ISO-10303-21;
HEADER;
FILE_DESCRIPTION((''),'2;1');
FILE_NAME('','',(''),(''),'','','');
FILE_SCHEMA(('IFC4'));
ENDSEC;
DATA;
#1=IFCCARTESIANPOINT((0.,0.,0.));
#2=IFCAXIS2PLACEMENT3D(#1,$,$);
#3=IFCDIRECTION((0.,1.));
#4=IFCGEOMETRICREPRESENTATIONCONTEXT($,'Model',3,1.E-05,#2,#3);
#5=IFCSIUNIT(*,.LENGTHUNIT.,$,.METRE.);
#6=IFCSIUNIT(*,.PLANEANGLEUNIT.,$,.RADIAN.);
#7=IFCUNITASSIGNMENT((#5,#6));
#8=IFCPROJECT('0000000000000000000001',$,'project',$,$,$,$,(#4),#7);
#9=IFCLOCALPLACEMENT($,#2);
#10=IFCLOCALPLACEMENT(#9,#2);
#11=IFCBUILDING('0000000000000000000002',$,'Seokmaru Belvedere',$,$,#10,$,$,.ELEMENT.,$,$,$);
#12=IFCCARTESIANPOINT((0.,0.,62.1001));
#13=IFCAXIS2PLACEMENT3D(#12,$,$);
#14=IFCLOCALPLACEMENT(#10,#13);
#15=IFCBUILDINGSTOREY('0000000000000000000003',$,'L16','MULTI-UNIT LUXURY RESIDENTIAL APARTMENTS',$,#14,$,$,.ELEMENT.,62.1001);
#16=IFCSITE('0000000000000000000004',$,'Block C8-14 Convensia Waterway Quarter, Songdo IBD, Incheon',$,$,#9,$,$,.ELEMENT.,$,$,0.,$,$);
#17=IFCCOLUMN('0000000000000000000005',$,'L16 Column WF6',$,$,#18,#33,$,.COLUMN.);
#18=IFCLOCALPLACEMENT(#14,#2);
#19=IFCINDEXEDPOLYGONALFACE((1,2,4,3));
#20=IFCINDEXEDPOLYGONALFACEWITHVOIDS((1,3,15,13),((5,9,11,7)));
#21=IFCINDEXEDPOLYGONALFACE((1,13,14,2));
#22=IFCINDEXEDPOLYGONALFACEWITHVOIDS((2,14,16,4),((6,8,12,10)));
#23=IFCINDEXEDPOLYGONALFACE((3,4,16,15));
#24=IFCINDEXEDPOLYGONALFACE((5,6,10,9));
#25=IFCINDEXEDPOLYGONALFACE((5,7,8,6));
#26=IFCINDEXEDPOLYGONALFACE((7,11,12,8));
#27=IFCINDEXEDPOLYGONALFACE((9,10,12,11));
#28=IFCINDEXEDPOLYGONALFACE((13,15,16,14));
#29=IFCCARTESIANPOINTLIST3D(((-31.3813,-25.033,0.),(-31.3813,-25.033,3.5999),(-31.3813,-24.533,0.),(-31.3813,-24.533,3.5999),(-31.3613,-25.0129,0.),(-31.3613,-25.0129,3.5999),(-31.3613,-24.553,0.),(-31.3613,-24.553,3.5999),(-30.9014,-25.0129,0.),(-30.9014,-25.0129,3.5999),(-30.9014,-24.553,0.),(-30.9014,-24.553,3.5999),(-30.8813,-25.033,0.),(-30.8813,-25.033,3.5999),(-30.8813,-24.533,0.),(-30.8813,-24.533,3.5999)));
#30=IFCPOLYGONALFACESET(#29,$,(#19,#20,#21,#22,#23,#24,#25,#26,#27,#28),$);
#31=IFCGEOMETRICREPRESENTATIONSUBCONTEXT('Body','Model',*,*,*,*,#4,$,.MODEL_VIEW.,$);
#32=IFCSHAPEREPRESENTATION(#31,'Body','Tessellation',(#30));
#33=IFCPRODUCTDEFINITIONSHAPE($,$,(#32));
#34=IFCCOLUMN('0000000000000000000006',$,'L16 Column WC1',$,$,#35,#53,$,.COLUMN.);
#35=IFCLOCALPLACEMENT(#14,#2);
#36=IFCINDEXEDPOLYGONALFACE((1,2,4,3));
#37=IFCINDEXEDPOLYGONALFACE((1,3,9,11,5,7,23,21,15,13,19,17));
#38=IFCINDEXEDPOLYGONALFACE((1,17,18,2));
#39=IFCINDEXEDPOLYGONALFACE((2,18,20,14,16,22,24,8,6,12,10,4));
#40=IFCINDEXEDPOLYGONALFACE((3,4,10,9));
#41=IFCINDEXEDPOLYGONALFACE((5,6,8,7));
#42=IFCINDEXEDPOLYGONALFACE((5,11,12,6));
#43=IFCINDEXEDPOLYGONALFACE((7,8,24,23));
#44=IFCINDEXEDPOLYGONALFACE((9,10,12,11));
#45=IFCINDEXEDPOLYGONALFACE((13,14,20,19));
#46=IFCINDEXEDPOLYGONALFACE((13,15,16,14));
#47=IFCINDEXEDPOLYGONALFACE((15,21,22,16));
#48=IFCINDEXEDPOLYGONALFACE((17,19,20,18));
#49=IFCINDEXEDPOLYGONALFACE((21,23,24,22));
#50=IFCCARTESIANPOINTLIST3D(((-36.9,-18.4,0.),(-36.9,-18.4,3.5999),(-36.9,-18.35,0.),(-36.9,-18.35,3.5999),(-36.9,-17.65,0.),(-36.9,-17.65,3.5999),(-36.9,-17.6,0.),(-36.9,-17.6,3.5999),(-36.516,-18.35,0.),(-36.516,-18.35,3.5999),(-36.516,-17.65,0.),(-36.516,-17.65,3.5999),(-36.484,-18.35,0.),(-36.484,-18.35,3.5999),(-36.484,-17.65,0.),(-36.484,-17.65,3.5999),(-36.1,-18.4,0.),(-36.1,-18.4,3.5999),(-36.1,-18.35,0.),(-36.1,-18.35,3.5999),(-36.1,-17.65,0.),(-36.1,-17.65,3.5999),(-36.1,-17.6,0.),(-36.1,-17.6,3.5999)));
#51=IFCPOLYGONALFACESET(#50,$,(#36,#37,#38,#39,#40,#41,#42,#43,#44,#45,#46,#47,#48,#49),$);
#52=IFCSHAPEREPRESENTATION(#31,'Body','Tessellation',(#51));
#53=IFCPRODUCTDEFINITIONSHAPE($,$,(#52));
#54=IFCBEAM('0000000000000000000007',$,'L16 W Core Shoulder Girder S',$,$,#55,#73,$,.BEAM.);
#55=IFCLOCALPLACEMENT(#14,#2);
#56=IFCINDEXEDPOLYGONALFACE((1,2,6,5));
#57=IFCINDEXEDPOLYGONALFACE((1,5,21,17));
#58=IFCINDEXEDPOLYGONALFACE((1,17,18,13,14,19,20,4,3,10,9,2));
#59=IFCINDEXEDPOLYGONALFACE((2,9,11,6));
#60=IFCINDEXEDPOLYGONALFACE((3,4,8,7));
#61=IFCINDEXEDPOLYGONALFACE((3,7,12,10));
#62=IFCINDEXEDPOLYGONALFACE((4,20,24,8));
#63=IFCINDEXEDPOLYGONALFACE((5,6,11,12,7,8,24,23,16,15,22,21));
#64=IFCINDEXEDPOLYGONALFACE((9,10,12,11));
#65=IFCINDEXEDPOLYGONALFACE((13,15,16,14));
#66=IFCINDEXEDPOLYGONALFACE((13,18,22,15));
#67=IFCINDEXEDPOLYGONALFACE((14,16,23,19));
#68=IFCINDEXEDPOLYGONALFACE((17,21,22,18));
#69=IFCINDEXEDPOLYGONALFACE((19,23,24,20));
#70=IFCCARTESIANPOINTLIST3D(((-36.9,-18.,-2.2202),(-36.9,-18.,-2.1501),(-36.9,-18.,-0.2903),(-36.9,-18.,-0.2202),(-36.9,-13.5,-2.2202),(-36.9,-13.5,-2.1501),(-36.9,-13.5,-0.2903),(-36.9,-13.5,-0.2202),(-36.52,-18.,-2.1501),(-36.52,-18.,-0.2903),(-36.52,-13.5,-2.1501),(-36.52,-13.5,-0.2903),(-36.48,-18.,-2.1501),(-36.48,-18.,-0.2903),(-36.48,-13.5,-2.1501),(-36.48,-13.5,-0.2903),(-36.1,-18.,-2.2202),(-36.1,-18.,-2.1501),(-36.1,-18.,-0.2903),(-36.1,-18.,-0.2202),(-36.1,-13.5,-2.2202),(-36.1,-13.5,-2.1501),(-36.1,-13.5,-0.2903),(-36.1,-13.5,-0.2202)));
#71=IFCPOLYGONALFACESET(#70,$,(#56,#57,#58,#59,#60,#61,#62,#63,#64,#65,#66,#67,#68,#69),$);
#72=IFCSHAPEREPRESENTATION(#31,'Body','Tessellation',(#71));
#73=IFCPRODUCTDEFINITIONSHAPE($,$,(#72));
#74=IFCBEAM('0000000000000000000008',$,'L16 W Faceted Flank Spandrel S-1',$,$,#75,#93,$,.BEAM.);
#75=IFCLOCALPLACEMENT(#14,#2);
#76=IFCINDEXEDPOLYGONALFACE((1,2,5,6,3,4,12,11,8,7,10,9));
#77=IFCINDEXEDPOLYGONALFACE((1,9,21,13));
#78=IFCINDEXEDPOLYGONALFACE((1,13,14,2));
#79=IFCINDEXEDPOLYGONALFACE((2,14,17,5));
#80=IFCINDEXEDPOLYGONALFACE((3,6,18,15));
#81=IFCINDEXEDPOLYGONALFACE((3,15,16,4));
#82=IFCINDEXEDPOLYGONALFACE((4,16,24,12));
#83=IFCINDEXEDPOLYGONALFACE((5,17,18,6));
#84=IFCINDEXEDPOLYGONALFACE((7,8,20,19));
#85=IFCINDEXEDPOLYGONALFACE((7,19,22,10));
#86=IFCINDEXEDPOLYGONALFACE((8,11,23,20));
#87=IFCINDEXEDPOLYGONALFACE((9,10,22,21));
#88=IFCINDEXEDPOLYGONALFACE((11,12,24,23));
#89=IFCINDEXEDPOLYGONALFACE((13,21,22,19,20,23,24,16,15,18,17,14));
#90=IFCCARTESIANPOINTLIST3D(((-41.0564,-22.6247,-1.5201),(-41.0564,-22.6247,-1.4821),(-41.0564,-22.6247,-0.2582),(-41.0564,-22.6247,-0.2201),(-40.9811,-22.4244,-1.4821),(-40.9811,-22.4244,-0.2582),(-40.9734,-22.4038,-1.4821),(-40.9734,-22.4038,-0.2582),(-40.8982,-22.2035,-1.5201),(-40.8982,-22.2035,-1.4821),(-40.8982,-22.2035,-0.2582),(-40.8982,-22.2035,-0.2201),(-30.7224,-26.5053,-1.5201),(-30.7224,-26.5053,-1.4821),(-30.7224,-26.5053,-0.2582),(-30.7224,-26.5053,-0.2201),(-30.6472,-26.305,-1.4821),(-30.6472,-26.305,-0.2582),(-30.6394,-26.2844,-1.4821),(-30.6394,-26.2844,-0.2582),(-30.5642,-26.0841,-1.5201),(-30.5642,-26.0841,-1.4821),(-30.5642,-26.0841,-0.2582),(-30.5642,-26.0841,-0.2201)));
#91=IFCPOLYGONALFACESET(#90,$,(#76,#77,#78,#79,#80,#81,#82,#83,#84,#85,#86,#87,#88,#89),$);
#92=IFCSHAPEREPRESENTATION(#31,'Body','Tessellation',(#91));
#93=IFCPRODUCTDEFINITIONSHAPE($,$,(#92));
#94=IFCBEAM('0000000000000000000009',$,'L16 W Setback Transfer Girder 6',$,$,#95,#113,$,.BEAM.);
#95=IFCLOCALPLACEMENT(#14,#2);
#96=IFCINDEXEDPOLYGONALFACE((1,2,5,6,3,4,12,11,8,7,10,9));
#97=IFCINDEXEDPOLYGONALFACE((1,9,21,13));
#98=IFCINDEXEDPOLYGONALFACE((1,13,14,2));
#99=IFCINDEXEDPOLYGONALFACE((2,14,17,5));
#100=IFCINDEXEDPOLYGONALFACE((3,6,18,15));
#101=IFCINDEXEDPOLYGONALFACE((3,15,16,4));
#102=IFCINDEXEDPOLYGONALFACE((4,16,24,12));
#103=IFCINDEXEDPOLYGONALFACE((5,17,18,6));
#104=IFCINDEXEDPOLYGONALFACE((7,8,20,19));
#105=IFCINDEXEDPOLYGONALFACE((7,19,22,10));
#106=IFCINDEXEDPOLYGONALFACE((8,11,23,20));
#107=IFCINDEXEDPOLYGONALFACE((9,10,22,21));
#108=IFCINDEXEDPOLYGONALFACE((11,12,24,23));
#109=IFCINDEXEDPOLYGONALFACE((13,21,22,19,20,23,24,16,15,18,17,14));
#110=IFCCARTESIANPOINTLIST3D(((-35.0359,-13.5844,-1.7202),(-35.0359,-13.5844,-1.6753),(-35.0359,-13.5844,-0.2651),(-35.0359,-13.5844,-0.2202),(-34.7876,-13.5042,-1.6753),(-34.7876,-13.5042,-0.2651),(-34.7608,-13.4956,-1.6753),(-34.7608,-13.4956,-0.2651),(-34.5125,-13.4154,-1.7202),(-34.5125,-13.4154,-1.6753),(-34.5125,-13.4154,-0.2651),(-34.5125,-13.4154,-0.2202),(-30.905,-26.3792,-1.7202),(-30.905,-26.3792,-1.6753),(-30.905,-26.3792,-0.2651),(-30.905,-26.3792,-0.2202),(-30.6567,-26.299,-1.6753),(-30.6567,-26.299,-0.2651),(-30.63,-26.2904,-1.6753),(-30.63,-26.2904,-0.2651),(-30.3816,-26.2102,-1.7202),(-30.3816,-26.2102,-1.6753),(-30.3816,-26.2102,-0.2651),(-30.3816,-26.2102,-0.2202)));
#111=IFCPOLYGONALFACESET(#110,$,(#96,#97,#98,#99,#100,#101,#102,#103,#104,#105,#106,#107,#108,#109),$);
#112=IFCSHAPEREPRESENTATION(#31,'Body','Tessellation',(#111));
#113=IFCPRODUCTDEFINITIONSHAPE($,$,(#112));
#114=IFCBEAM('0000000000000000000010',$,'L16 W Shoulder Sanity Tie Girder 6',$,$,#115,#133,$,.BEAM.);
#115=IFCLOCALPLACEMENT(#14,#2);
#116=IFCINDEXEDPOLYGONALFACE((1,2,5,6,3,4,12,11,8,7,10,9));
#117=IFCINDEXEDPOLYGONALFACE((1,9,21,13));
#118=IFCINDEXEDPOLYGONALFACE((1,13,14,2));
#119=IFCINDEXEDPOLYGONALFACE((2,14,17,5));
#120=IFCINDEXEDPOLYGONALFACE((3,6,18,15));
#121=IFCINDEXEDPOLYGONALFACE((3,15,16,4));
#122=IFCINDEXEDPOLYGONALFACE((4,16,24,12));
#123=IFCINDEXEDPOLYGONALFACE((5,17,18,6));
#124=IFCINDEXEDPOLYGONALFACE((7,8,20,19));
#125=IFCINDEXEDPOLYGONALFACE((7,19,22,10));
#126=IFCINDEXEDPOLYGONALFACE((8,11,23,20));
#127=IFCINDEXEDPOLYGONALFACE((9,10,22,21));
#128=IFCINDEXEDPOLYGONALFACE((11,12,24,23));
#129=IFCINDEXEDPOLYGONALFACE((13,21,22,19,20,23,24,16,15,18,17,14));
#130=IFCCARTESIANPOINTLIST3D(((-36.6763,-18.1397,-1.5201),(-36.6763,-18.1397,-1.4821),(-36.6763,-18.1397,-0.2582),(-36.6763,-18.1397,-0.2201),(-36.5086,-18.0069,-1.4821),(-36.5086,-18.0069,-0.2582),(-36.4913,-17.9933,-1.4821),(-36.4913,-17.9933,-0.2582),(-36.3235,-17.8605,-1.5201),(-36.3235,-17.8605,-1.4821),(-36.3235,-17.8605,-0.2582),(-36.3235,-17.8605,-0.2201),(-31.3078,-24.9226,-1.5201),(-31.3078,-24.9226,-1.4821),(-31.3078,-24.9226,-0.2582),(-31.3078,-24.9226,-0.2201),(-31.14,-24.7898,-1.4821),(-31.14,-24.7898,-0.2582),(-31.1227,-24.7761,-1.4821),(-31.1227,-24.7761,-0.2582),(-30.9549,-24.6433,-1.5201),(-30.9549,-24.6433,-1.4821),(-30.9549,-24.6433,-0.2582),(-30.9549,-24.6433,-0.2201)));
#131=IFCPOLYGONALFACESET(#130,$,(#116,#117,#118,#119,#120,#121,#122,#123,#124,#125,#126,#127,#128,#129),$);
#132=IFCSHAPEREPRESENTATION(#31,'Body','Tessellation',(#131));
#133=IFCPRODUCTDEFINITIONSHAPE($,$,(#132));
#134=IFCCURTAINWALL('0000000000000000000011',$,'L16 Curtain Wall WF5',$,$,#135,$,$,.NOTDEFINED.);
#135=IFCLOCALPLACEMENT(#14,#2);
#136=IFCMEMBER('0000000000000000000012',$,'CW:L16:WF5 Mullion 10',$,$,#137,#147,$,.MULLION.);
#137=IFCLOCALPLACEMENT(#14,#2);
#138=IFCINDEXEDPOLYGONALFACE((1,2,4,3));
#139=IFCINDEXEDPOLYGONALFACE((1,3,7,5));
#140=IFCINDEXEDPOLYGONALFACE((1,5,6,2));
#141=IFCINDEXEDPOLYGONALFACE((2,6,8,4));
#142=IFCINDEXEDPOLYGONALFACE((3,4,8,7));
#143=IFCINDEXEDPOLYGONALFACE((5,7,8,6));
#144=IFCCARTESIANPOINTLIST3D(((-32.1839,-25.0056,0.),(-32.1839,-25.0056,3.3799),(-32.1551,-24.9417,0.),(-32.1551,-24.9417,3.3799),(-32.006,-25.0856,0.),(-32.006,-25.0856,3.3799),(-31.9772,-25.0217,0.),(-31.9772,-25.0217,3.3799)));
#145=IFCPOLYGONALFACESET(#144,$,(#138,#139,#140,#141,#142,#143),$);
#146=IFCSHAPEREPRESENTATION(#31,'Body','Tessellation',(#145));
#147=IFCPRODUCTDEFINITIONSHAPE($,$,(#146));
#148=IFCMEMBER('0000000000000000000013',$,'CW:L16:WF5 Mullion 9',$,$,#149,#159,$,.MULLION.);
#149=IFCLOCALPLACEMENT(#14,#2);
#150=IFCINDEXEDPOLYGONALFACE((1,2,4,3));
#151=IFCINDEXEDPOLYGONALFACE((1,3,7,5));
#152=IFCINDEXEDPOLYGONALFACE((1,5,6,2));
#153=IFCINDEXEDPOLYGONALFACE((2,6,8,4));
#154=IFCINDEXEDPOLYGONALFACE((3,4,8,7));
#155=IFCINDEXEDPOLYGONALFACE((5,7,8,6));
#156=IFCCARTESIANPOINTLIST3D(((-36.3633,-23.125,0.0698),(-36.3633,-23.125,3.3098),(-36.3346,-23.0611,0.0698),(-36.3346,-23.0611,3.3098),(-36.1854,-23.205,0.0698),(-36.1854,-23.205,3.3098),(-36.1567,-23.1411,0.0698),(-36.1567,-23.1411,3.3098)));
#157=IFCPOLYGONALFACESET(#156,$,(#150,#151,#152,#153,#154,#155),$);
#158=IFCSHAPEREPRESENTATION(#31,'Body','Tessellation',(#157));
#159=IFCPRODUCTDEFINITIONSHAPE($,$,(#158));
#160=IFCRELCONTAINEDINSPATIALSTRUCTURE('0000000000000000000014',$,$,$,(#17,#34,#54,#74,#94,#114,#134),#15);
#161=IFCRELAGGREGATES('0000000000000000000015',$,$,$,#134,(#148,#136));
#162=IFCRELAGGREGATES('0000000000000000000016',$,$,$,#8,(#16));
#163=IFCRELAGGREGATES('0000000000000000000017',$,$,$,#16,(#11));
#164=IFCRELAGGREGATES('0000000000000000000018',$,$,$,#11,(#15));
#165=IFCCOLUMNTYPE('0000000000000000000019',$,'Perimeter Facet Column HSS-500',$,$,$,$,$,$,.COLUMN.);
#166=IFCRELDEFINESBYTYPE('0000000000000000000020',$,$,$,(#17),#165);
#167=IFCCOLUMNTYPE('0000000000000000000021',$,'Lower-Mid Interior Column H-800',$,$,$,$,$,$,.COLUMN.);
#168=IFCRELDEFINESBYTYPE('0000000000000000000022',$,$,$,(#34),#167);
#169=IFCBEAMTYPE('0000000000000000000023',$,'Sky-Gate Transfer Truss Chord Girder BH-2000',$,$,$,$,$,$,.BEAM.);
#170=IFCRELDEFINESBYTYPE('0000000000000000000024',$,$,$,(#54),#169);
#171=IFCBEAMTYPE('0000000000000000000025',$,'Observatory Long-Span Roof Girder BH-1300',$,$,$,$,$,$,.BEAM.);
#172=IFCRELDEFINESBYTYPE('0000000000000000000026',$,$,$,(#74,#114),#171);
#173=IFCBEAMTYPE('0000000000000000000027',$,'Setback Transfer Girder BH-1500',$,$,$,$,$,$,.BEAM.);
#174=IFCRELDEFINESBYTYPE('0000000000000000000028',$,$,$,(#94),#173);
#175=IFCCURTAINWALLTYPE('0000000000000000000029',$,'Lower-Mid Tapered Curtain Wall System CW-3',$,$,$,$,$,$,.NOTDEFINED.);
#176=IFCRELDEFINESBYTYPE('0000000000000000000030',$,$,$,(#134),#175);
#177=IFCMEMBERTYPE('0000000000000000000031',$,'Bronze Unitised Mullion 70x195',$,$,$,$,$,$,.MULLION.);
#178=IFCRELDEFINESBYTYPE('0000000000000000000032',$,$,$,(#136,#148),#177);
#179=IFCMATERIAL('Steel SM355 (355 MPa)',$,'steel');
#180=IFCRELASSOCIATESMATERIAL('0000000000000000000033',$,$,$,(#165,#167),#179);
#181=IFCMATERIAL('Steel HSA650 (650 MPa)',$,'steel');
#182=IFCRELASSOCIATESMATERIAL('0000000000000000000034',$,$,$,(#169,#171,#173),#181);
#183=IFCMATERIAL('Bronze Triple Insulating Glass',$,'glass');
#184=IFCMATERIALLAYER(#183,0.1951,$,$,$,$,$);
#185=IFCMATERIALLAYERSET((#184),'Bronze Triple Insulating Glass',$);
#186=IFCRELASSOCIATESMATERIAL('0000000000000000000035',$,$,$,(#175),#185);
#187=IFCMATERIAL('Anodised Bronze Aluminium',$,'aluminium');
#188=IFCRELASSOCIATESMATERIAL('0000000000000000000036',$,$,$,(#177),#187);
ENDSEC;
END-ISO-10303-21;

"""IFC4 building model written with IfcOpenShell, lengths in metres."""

from ifc_helpers import new_model, si_unit, direction, frame, origin, origin_2d, place, context, subcontext, project, spatial, rectangle, hollow_rectangle, i_section, extrude, source, transform, mapped, material, layer, layer_set, material_profile, profile_set, type_object, type_shapes, element, aggregate, save


model = new_model("IFC4")

# Units and contexts
model_context = context("Model", 3, precision=1e-05, world=origin(), true_north=direction((0.0, 1.0)))
body_context = subcontext(model_context, "Body", "Model", "MODEL_VIEW")
ifc_project = project(units=[si_unit("LENGTHUNIT", "METRE"), si_unit("PLANEANGLEUNIT", "RADIAN")], contexts=[model_context])

# Site, building, storey
site_placement = place(None, origin())
site = spatial("IfcSite", under=ifc_project, at=site_placement, Name="Block C8-14 Convensia Waterway Quarter, Songdo IBD, Incheon", CompositionType="ELEMENT", RefElevation=0.0)
building_placement = place(site_placement, origin())
building = spatial("IfcBuilding", under=site, at=building_placement, Name="Seokmaru Belvedere", CompositionType="ELEMENT")
storey_placement = place(building_placement, frame((0.0, 0.0, 62.1001)))
storey = spatial("IfcBuildingStorey", under=building, at=storey_placement, Name="L16", Description="MULTI-UNIT LUXURY RESIDENTIAL APARTMENTS", CompositionType="ELEMENT", Elevation=62.1001)

# Columns
ifc_material_1 = material(Name="Steel SM355 (355 MPa)", Category="steel")
ifc_material_profile_1 = material_profile(ifc_material_1, hollow_rectangle(XDim=0.5, YDim=0.5, WallThickness=0.02, at=origin_2d()), Name="HSS-500x500x20")
ifc_profile_set_1 = profile_set([ifc_material_profile_1], Name="Steel SM355 (355 MPa)")
column_type_1 = type_object("IfcColumnType", Name="Perimeter Facet Column HSS-500", PredefinedType="COLUMN", material=ifc_profile_set_1)
shared_shape_1 = source(origin(), body_context, "Body", "SweptSolid", [
    extrude(hollow_rectangle(XDim=0.5, YDim=0.5, WallThickness=0.02, at=origin_2d()), origin(), (0.0, 0.0, 1.0), 3.5999),
])
type_shapes(column_type_1, [shared_shape_1])
column_1_placement = place(storey_placement, frame((-31.1313, -24.783, 0.0), z_axis=(0.0, 0.0, 1.0), x_axis=(1.0, 0.0, 0.0)))
element("IfcColumn", 1, at=column_1_placement, inside=storey, type_object=column_type_1, Name="L16 Column WF6", PredefinedType="COLUMN", context=body_context, shape_type="MappedRepresentation", body=[
    mapped(shared_shape_1, transform((0.0, 0.0, 0.0), scale=1.0)),
])
ifc_material_profile_2 = material_profile(ifc_material_1, i_section(OverallWidth=0.8, OverallDepth=0.8, WebThickness=0.032, FlangeThickness=0.05, at=origin_2d()), Name="H-800x800x32x50")
ifc_profile_set_2 = profile_set([ifc_material_profile_2], Name="Steel SM355 (355 MPa)")
column_type_2 = type_object("IfcColumnType", Name="Lower-Mid Interior Column H-800", PredefinedType="COLUMN", material=ifc_profile_set_2)
shared_shape_2 = source(origin(), body_context, "Body", "SweptSolid", [
    extrude(i_section(OverallWidth=0.8, OverallDepth=0.8, WebThickness=0.032, FlangeThickness=0.05, at=origin_2d()), origin(), (0.0, 0.0, 1.0), 3.5999),
])
type_shapes(column_type_2, [shared_shape_2])
column_2_placement = place(storey_placement, frame((-36.5, -18.0, 0.0), z_axis=(0.0, 0.0, 1.0), x_axis=(1.0, 0.0, 0.0)))
element("IfcColumn", 2, at=column_2_placement, inside=storey, type_object=column_type_2, Name="L16 Column WC1", PredefinedType="COLUMN", context=body_context, shape_type="MappedRepresentation", body=[
    mapped(shared_shape_2, transform((0.0, 0.0, 0.0), scale=1.0)),
])

# Beams
ifc_material_2 = material(Name="Steel HSA650 (650 MPa)", Category="steel")
ifc_material_profile_3 = material_profile(ifc_material_2, i_section(OverallWidth=0.8, OverallDepth=2.0, WebThickness=0.04, FlangeThickness=0.0701, at=origin_2d()), Name="BH-2000x800x40x70")
ifc_profile_set_3 = profile_set([ifc_material_profile_3], Name="Steel HSA650 (650 MPa)")
beam_type_1 = type_object("IfcBeamType", Name="Sky-Gate Transfer Truss Chord Girder BH-2000", PredefinedType="BEAM", material=ifc_profile_set_3)
shared_shape_3 = source(origin(), body_context, "Body", "SweptSolid", [
    extrude(i_section(OverallWidth=0.8, OverallDepth=2.0, WebThickness=0.04, FlangeThickness=0.0701, at=origin_2d()), origin(), (0.0, 0.0, 1.0), 4.5),
])
type_shapes(beam_type_1, [shared_shape_3])
beam_1_placement = place(storey_placement, frame((-36.5, -18.0, -1.2202), z_axis=(0.0, 1.0, 0.0), x_axis=(-1.0, 0.0, 0.0)))
element("IfcBeam", 3, at=beam_1_placement, inside=storey, type_object=beam_type_1, Name="L16 W Core Shoulder Girder S", PredefinedType="BEAM", context=body_context, shape_type="MappedRepresentation", body=[
    mapped(shared_shape_3, transform((0.0, 0.0, 0.0), scale=1.0)),
])
ifc_material_profile_4 = material_profile(ifc_material_2, i_section(OverallWidth=0.45, OverallDepth=1.3, WebThickness=0.022, FlangeThickness=0.0381, at=origin_2d()), Name="BH-1300x450x22x38")
ifc_profile_set_4 = profile_set([ifc_material_profile_4], Name="Steel HSA650 (650 MPa)")
beam_type_2 = type_object("IfcBeamType", Name="Observatory Long-Span Roof Girder BH-1300", PredefinedType="BEAM", material=ifc_profile_set_4)
shared_shape_4 = source(origin(), body_context, "Body", "SweptSolid", [
    extrude(i_section(OverallWidth=0.45, OverallDepth=1.3, WebThickness=0.022, FlangeThickness=0.0381, at=origin_2d()), origin(), (0.0, 0.0, 1.0), 11.0386),
])
beam_2_placement = place(storey_placement, frame((-30.6433, -26.2947, -0.8701), z_axis=(-0.936169, 0.35155, 0.0), x_axis=(-0.35155, -0.936169, 0.0)))
element("IfcBeam", 4, at=beam_2_placement, inside=storey, type_object=beam_type_2, Name="L16 W Faceted Flank Spandrel S-1", PredefinedType="BEAM", context=body_context, shape_type="MappedRepresentation", body=[
    mapped(shared_shape_4, transform((0.0, 0.0, 0.0), scale=1.0)),
])
ifc_material_profile_5 = material_profile(ifc_material_2, i_section(OverallWidth=0.55, OverallDepth=1.5, WebThickness=0.0281, FlangeThickness=0.0449, at=origin_2d()), Name="BH-1500x550x28x45")
ifc_profile_set_5 = profile_set([ifc_material_profile_5], Name="Steel HSA650 (650 MPa)")
beam_type_3 = type_object("IfcBeamType", Name="Setback Transfer Girder BH-1500", PredefinedType="BEAM", material=ifc_profile_set_5)
shared_shape_5 = source(origin(), body_context, "Body", "SweptSolid", [
    extrude(i_section(OverallWidth=0.55, OverallDepth=1.5, WebThickness=0.0281, FlangeThickness=0.0449, at=origin_2d()), origin(), (0.0, 0.0, 1.0), 13.4451),
])
type_shapes(beam_type_3, [shared_shape_5])
beam_3_placement = place(storey_placement, frame((-30.6433, -26.2947, -0.9702), z_axis=(-0.307242, 0.951632, 0.0), x_axis=(-0.951632, -0.307242, 0.0)))
element("IfcBeam", 5, at=beam_3_placement, inside=storey, type_object=beam_type_3, Name="L16 W Setback Transfer Girder 6", PredefinedType="BEAM", context=body_context, shape_type="MappedRepresentation", body=[
    mapped(shared_shape_5, transform((0.0, 0.0, 0.0), scale=1.0)),
])
shared_shape_6 = source(origin(), body_context, "Body", "SweptSolid", [
    extrude(i_section(OverallWidth=0.45, OverallDepth=1.3, WebThickness=0.022, FlangeThickness=0.0381, at=origin_2d()), origin(), (0.0, 0.0, 1.0), 8.6504),
])
type_shapes(beam_type_2, [shared_shape_4, shared_shape_6])
beam_4_placement = place(storey_placement, frame((-31.1313, -24.783, -0.8701), z_axis=(-0.620618, 0.784113, 0.0), x_axis=(-0.784113, -0.620618, 0.0)))
element("IfcBeam", 6, at=beam_4_placement, inside=storey, type_object=beam_type_2, Name="L16 W Shoulder Sanity Tie Girder 6", PredefinedType="BEAM", context=body_context, shape_type="MappedRepresentation", body=[
    mapped(shared_shape_6, transform((0.0, 0.0, 0.0), scale=1.0)),
])

# Curtain wall, members
ifc_material_3 = material(Name="Bronze Triple Insulating Glass", Category="glass")
ifc_layer_1 = layer(ifc_material_3, 0.1951)
ifc_layer_set_1 = layer_set([ifc_layer_1], Name="Bronze Triple Insulating Glass")
curtain_wall_type = type_object("IfcCurtainWallType", Name="Lower-Mid Tapered Curtain Wall System CW-3", PredefinedType="NOTDEFINED", material=ifc_layer_set_1)
curtain_wall_placement = place(storey_placement, origin())
curtain_wall = element("IfcCurtainWall", 7, at=curtain_wall_placement, inside=storey, type_object=curtain_wall_type, Name="L16 Curtain Wall WF5", PredefinedType="NOTDEFINED")
ifc_material_4 = material(Name="Anodised Bronze Aluminium", Category="aluminium")
ifc_material_profile_6 = material_profile(ifc_material_4, rectangle(XDim=0.0701, YDim=0.1951, at=origin_2d()), Name="CW-M-70x195")
ifc_profile_set_6 = profile_set([ifc_material_profile_6], Name="Anodised Bronze Aluminium")
member_type = type_object("IfcMemberType", Name="Bronze Unitised Mullion 70x195", PredefinedType="MULLION", material=ifc_profile_set_6)
shared_shape_7 = source(origin(), body_context, "Body", "SweptSolid", [
    extrude(rectangle(XDim=0.0701, YDim=0.1951, at=origin_2d()), origin(), (0.0, 0.0, 1.0), 3.3799),
])
member_1_placement = place(storey_placement, frame((-32.0806, -25.0137, 0.0), z_axis=(0.0, 0.0, 1.0), x_axis=(0.410366, 0.911921, 0.0)))
member_1 = element("IfcMember", 8, at=member_1_placement, type_object=member_type, Name="CW:L16:WF5 Mullion 10", PredefinedType="MULLION", context=body_context, shape_type="MappedRepresentation", body=[
    mapped(shared_shape_7, transform((0.0, 0.0, 0.0), scale=1.0)),
])
shared_shape_8 = source(origin(), body_context, "Body", "SweptSolid", [
    extrude(rectangle(XDim=0.0701, YDim=0.1951, at=origin_2d()), origin(), (0.0, 0.0, 1.0), 3.24),
])
type_shapes(member_type, [shared_shape_7, shared_shape_8])
member_2_placement = place(storey_placement, frame((-36.26, -23.1331, 0.0698), z_axis=(0.0, 0.0, 1.0), x_axis=(0.410366, 0.911921, 0.0)))
member_2 = element("IfcMember", 9, at=member_2_placement, type_object=member_type, Name="CW:L16:WF5 Mullion 9", PredefinedType="MULLION", context=body_context, shape_type="MappedRepresentation", body=[
    mapped(shared_shape_8, transform((0.0, 0.0, 0.0), scale=1.0)),
])
aggregate(curtain_wall, [member_2, member_1])

save(model, "model.ifc")
